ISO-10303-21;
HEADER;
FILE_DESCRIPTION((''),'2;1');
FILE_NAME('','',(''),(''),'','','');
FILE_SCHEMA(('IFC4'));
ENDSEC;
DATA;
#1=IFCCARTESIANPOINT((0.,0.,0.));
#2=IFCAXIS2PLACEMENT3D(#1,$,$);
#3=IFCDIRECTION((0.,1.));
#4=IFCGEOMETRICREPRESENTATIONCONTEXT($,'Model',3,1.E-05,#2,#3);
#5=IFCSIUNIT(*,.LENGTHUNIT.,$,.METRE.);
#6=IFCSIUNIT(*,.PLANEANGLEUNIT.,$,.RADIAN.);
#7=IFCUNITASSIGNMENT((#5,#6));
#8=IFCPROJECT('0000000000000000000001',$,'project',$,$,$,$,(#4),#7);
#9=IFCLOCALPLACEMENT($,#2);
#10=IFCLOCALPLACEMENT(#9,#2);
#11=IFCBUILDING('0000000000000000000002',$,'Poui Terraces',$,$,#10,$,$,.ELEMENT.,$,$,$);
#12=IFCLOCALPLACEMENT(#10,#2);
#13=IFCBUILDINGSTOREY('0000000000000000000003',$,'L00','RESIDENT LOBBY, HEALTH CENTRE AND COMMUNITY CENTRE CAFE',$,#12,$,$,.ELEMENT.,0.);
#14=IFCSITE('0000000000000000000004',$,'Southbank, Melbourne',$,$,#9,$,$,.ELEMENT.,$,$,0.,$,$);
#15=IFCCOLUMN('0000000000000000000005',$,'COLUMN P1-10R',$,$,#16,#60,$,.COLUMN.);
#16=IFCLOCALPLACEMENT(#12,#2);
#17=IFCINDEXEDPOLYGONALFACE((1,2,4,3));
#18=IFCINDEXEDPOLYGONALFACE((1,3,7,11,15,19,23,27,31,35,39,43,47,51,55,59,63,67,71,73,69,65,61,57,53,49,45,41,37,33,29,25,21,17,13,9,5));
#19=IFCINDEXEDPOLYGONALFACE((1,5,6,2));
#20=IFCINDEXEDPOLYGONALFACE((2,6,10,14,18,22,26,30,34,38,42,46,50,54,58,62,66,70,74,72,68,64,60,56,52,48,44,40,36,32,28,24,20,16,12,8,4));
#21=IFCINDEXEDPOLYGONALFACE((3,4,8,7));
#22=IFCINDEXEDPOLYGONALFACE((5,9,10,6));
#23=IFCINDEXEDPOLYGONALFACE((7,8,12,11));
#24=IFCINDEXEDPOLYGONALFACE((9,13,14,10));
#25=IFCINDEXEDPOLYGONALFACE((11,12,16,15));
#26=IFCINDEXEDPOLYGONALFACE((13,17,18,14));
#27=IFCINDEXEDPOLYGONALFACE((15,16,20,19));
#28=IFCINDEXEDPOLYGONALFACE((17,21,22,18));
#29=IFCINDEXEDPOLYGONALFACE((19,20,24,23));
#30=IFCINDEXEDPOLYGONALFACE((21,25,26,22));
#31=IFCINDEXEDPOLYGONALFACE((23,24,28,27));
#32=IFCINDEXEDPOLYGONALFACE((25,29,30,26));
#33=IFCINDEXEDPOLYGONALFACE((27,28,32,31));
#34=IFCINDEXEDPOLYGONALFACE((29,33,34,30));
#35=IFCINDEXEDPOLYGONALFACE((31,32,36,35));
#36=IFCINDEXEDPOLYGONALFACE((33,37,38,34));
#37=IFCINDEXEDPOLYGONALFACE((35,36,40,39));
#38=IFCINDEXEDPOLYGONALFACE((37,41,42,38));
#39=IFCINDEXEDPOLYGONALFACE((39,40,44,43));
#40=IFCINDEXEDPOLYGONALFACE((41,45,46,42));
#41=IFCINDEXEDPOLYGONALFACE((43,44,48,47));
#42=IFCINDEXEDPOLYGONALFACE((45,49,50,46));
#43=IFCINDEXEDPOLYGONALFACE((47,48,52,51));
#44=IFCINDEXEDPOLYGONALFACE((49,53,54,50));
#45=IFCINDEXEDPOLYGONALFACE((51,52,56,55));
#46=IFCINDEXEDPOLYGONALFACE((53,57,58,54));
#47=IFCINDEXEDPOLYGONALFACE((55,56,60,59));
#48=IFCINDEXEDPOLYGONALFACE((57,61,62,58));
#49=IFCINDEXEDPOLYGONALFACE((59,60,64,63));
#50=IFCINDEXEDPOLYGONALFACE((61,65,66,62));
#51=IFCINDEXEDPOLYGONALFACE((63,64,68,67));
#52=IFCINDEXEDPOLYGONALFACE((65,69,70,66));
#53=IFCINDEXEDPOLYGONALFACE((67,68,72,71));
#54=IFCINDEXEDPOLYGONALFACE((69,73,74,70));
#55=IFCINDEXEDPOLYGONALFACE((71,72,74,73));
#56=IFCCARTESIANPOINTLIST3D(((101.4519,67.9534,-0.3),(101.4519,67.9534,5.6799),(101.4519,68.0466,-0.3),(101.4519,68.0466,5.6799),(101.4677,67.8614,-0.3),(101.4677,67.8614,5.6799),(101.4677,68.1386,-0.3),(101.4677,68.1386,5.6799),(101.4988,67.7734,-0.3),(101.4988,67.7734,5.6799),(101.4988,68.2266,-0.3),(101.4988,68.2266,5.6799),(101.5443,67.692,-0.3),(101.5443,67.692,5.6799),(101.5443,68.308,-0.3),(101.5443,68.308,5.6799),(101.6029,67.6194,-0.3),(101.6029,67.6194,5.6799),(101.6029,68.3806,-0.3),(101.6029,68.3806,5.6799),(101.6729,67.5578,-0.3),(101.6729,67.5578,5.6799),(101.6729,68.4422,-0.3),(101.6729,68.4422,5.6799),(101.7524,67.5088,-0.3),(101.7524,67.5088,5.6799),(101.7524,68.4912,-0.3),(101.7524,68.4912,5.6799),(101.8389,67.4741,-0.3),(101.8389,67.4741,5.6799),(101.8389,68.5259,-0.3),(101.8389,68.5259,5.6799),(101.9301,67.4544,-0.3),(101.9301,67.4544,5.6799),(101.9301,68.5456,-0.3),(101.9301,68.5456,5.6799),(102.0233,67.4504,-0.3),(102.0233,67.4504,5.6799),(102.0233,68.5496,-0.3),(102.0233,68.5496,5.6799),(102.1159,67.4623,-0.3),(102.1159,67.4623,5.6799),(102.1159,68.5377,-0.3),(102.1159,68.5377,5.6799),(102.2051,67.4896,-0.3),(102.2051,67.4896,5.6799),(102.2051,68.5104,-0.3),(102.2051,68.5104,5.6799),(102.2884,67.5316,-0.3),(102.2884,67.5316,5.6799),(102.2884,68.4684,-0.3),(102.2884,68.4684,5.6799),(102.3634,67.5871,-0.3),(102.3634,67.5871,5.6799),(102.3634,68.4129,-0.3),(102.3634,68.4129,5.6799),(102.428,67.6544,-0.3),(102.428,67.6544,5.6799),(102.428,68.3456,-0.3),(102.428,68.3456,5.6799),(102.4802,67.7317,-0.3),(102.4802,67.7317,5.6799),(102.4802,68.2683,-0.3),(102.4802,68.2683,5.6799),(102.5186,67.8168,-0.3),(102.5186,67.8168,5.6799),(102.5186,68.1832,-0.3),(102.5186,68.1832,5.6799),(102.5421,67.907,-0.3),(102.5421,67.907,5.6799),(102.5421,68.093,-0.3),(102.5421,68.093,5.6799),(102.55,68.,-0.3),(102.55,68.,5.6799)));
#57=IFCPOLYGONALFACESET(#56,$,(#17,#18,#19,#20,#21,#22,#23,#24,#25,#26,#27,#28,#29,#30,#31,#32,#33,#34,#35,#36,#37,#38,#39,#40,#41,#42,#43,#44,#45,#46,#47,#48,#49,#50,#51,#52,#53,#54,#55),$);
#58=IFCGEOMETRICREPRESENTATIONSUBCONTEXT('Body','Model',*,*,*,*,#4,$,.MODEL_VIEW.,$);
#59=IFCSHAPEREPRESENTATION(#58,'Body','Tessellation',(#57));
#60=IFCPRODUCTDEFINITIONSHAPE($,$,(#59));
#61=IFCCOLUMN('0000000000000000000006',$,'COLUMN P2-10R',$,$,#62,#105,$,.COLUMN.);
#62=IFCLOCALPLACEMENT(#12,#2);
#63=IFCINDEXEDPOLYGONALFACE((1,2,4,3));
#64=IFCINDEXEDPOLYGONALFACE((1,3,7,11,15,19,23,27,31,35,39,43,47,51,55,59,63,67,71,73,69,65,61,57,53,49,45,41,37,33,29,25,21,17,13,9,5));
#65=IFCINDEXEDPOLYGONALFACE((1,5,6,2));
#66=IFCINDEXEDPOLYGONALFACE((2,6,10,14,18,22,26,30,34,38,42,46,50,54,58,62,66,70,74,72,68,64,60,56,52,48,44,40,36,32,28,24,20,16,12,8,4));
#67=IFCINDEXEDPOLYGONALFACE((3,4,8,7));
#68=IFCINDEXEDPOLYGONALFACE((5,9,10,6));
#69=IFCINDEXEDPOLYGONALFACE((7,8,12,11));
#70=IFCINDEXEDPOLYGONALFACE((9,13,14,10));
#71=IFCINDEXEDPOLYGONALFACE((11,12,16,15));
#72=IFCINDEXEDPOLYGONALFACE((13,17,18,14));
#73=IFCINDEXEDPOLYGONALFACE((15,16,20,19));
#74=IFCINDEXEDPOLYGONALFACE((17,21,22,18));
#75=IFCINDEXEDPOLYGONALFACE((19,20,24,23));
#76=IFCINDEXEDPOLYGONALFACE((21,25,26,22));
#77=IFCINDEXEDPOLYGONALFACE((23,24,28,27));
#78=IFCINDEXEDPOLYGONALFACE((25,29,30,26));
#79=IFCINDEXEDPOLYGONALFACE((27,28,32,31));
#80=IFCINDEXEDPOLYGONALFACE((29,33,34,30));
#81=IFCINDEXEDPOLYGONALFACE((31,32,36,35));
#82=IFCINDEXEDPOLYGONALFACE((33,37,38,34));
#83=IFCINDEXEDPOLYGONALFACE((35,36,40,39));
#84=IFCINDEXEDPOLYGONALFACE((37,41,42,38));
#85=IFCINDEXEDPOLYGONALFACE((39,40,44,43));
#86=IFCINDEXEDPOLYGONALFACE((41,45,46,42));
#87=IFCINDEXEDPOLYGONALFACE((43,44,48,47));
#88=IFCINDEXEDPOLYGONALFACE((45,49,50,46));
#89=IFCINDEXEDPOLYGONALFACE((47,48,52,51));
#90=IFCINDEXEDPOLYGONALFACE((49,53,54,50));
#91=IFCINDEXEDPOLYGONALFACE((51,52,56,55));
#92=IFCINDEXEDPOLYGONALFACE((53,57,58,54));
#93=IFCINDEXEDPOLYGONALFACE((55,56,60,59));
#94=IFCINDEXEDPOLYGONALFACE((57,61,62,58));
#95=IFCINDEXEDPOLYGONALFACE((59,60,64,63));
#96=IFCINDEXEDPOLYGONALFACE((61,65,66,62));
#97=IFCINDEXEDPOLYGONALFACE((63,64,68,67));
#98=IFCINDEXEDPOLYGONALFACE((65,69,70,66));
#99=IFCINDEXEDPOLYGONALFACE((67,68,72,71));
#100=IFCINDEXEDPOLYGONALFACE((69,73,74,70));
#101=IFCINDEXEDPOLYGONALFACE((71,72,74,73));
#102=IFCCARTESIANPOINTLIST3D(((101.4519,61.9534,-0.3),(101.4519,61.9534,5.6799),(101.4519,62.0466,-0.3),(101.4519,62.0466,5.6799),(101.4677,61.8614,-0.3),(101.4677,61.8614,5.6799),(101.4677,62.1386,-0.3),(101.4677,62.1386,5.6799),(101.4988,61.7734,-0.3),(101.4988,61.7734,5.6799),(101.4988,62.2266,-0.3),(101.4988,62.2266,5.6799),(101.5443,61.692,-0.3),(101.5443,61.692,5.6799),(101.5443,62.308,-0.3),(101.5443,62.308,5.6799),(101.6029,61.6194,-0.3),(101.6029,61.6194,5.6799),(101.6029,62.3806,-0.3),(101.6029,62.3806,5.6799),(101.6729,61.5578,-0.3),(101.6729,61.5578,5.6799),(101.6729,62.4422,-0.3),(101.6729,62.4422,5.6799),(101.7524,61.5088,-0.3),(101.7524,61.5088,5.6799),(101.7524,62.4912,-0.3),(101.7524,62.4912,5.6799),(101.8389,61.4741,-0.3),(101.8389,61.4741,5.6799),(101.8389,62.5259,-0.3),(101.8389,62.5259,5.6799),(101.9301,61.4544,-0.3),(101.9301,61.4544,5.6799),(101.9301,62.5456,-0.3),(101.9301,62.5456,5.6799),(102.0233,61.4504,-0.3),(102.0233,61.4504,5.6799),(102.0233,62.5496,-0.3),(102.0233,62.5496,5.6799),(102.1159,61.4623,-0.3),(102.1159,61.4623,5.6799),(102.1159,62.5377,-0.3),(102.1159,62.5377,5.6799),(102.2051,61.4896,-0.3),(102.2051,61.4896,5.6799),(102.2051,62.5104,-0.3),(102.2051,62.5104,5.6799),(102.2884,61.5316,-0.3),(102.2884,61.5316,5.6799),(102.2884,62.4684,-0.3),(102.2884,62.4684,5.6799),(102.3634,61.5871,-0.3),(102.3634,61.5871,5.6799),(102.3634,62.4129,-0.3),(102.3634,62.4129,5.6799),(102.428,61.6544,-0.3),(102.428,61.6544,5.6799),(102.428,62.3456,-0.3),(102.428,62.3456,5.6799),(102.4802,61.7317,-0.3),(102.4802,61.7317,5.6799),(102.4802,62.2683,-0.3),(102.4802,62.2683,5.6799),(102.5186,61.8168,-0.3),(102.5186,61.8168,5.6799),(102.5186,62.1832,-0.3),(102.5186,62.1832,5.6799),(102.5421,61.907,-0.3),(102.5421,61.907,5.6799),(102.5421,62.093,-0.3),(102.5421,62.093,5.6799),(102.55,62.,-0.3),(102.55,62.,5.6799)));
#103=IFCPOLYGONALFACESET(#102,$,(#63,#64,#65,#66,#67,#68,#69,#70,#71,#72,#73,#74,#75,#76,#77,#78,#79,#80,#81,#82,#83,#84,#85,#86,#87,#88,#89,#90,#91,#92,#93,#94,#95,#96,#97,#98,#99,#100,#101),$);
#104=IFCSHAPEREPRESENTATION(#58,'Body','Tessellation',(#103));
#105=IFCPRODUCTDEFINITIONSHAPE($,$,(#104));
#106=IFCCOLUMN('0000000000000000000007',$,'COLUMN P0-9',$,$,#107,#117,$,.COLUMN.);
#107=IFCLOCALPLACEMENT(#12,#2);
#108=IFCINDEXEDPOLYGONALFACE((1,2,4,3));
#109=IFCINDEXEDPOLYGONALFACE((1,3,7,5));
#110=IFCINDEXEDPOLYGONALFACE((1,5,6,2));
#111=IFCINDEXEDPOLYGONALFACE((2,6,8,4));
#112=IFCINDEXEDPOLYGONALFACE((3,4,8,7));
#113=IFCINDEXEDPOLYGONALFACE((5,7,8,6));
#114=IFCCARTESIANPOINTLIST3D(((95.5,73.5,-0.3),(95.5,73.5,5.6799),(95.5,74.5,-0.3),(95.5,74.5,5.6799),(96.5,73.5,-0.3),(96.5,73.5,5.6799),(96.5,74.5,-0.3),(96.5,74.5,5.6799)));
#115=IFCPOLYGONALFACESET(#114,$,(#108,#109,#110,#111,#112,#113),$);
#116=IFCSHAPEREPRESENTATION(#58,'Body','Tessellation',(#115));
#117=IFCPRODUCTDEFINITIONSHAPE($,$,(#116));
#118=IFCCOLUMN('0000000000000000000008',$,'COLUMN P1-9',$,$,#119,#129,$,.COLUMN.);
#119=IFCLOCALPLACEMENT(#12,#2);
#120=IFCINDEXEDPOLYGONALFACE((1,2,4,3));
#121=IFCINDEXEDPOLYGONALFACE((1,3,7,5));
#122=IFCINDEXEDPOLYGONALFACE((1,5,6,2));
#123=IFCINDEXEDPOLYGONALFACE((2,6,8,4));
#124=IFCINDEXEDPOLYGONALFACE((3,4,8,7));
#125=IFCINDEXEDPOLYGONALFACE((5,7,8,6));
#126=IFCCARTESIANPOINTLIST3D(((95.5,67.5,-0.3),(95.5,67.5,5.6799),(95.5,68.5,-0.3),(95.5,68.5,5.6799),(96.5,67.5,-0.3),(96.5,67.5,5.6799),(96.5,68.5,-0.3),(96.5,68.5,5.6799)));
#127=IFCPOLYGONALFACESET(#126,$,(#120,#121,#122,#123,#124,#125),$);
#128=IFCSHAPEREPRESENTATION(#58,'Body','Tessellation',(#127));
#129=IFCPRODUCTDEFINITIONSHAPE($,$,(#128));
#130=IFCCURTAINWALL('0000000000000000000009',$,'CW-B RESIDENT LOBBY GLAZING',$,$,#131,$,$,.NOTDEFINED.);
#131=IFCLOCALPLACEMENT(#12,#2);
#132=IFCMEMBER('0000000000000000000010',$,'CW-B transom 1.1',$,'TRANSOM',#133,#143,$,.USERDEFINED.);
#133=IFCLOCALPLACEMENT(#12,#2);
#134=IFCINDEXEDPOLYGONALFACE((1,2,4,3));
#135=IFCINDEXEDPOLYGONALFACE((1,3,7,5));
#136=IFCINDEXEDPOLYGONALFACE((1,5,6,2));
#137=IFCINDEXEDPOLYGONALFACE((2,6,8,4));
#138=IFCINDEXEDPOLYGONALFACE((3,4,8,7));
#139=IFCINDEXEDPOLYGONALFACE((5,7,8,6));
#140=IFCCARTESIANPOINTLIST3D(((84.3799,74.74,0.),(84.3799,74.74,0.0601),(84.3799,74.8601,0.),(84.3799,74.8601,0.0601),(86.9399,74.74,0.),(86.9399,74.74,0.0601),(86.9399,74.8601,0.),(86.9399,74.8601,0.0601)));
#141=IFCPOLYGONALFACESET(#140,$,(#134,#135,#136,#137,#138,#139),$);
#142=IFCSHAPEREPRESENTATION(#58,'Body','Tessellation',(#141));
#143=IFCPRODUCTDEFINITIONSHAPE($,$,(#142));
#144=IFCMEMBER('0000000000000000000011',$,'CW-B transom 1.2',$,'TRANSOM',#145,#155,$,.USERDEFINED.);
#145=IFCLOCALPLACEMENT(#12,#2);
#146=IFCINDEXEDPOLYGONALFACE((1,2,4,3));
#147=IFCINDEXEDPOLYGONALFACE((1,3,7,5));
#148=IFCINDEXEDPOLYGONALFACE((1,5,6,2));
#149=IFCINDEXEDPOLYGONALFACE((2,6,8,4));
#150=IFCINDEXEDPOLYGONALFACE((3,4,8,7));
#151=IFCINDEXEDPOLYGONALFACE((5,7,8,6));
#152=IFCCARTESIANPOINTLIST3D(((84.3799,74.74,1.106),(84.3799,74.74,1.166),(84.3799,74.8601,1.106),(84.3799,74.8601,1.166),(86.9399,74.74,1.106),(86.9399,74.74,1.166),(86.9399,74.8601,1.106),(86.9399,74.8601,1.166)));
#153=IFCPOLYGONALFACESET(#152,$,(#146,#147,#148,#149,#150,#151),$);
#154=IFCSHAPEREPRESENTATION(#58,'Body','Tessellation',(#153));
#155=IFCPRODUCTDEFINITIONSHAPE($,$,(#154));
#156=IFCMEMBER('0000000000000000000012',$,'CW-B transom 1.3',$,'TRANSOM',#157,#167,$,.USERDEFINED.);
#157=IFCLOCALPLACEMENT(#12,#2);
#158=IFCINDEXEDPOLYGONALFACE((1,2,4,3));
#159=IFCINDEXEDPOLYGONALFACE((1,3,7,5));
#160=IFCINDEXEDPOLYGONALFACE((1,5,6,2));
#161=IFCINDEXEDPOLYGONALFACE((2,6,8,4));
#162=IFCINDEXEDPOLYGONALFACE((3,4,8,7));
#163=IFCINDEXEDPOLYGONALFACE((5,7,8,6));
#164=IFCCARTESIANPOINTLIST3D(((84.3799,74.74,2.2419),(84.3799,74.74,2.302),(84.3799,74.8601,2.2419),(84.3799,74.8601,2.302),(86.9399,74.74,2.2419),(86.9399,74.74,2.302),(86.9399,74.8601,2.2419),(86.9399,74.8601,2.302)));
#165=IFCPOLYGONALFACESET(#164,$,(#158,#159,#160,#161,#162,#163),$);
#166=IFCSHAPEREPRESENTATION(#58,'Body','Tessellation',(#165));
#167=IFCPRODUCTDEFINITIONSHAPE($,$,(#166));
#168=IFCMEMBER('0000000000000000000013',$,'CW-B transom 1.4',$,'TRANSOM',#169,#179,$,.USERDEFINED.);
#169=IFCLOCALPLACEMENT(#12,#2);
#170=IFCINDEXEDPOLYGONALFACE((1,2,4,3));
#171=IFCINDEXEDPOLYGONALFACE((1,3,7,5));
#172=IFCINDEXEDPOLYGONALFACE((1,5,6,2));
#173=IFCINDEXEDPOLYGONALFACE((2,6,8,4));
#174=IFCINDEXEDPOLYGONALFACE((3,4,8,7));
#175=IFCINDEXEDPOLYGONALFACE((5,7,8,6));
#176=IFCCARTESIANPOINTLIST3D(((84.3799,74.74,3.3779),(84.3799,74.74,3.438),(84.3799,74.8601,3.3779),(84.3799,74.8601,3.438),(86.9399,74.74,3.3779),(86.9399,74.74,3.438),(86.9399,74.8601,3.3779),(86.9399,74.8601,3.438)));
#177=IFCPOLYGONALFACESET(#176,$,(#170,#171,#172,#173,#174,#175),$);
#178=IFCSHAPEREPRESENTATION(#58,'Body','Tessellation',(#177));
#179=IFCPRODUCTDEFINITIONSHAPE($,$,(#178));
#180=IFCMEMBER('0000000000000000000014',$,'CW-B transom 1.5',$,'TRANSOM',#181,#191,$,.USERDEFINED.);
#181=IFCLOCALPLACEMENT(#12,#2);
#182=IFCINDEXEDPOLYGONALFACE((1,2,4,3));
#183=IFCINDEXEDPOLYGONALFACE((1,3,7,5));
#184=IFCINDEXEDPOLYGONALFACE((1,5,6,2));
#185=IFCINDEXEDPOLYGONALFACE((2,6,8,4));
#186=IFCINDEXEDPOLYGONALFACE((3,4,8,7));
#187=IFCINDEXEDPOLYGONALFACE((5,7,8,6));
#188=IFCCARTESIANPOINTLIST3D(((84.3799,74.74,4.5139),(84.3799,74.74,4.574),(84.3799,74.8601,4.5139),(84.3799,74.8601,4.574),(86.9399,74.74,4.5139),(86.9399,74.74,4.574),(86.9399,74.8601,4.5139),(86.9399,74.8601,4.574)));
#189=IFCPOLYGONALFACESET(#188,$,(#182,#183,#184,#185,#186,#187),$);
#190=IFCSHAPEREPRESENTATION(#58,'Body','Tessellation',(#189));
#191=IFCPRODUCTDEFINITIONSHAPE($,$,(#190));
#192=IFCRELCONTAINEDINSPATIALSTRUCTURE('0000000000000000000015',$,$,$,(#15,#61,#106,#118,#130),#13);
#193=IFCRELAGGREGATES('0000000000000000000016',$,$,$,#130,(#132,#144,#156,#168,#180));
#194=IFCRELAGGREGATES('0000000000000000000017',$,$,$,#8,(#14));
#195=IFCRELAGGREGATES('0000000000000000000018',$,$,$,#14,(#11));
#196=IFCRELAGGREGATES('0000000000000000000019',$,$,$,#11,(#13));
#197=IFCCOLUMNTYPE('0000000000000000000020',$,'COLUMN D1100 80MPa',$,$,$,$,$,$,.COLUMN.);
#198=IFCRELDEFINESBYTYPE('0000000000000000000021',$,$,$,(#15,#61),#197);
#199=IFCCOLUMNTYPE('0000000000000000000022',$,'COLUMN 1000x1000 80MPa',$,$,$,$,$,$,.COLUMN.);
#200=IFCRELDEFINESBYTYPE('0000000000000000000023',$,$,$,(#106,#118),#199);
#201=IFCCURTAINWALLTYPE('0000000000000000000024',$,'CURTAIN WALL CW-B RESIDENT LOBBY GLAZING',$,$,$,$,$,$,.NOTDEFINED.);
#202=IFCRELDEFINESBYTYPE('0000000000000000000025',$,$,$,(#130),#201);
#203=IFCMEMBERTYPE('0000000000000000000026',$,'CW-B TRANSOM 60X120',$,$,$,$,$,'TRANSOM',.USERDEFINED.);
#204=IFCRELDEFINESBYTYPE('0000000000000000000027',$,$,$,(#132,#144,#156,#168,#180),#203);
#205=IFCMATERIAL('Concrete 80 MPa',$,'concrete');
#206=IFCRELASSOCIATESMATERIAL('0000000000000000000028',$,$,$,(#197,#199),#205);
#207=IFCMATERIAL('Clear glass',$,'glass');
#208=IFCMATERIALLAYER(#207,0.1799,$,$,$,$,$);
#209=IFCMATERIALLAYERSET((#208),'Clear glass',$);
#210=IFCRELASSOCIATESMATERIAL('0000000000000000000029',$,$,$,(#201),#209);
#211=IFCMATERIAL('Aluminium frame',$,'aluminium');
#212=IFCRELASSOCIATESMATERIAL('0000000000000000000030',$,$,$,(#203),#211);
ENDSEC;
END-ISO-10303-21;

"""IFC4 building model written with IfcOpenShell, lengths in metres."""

from ifc_helpers import new_model, si_unit, direction, frame, origin, origin_2d, place, context, subcontext, project, spatial, rectangle, circle, extrude, source, transform, mapped, material, layer, layer_set, material_profile, profile_set, type_object, element, aggregate, save


model = new_model("IFC4")

# Units and contexts
model_context = context("Model", 3, precision=1e-05, world=origin(), true_north=direction((0.0, 1.0)))
body_context = subcontext(model_context, "Body", "Model", "MODEL_VIEW")
ifc_project = project(units=[si_unit("LENGTHUNIT", "METRE"), si_unit("PLANEANGLEUNIT", "RADIAN")], contexts=[model_context])

# Site, building, storey
site_placement = place(None, origin())
site = spatial("IfcSite", under=ifc_project, at=site_placement, Name="Southbank, Melbourne", CompositionType="ELEMENT", RefElevation=0.0)
building_placement = place(site_placement, origin())
building = spatial("IfcBuilding", under=site, at=building_placement, Name="Poui Terraces", CompositionType="ELEMENT")
storey_placement = place(building_placement, origin())
storey = spatial("IfcBuildingStorey", under=building, at=storey_placement, Name="L00", Description="RESIDENT LOBBY, HEALTH CENTRE AND COMMUNITY CENTRE CAFE", CompositionType="ELEMENT", Elevation=0.0)

# Columns
ifc_material_1 = material(Name="Concrete 80 MPa", Category="concrete")
ifc_material_profile_1 = material_profile(ifc_material_1, circle(Radius=0.55, at=origin_2d()), Name="RC D1100")
ifc_profile_set_1 = profile_set([ifc_material_profile_1], Name="Concrete 80 MPa")
column_type_1 = type_object("IfcColumnType", Name="COLUMN D1100 80MPa", PredefinedType="COLUMN", material=ifc_profile_set_1)
shared_shape_1 = source(origin(), body_context, "Body", "SweptSolid", [
    extrude(circle(Radius=0.55, at=origin_2d()), origin(), (0.0, 0.0, 1.0), 5.98),
])
for number, where, z_axis, x_axis, name in (
    (1, (102.0, 68.0, -0.3), (0.0, 0.0, 1.0), (1.0, 0.0, 0.0), "COLUMN P1-10R"),
    (2, (102.0, 62.0, -0.3), (0.0, 0.0, 1.0), (1.0, 0.0, 0.0), "COLUMN P2-10R"),
):
    element("IfcColumn", number, at=place(storey_placement, frame(where, z_axis=z_axis, x_axis=x_axis)), inside=storey, type_object=column_type_1, Name=name, PredefinedType="COLUMN", context=body_context, shape_type="MappedRepresentation", body=[
        mapped(shared_shape_1, transform((0.0, 0.0, 0.0))),
    ])
ifc_material_profile_2 = material_profile(ifc_material_1, rectangle(XDim=1.0, YDim=1.0, at=origin_2d()), Name="RC 1000x1000")
ifc_profile_set_2 = profile_set([ifc_material_profile_2], Name="Concrete 80 MPa")
column_type_2 = type_object("IfcColumnType", Name="COLUMN 1000x1000 80MPa", PredefinedType="COLUMN", material=ifc_profile_set_2)
shared_shape_2 = source(origin(), body_context, "Body", "SweptSolid", [
    extrude(rectangle(XDim=1.0, YDim=1.0, at=origin_2d()), origin(), (0.0, 0.0, 1.0), 5.98),
])
for number, where, z_axis, x_axis, name in (
    (3, (96.0, 74.0, -0.3), (0.0, 0.0, 1.0), (1.0, 0.0, 0.0), "COLUMN P0-9"),
    (4, (96.0, 68.0, -0.3), (0.0, 0.0, 1.0), (1.0, 0.0, 0.0), "COLUMN P1-9"),
):
    element("IfcColumn", number, at=place(storey_placement, frame(where, z_axis=z_axis, x_axis=x_axis)), inside=storey, type_object=column_type_2, Name=name, PredefinedType="COLUMN", context=body_context, shape_type="MappedRepresentation", body=[
        mapped(shared_shape_2, transform((0.0, 0.0, 0.0))),
    ])

# Curtain wall, members
ifc_material_2 = material(Name="Clear glass", Category="glass")
ifc_layer_1 = layer(ifc_material_2, 0.1799)
ifc_layer_set_1 = layer_set([ifc_layer_1], Name="Clear glass")
curtain_wall_type = type_object("IfcCurtainWallType", Name="CURTAIN WALL CW-B RESIDENT LOBBY GLAZING", PredefinedType="NOTDEFINED", material=ifc_layer_set_1)
curtain_wall_placement = place(storey_placement, origin())
curtain_wall = element("IfcCurtainWall", 5, at=curtain_wall_placement, inside=storey, type_object=curtain_wall_type, Name="CW-B RESIDENT LOBBY GLAZING", PredefinedType="NOTDEFINED")
ifc_material_3 = material(Name="Aluminium frame", Category="aluminium")
ifc_material_profile_3 = material_profile(ifc_material_3, rectangle(XDim=0.1201, YDim=0.0601, at=origin_2d()), Name="CW-B TRANSOM 60X120")
ifc_profile_set_3 = profile_set([ifc_material_profile_3], Name="Aluminium frame")
member_type = type_object("IfcMemberType", Name="CW-B TRANSOM 60X120", ElementType="TRANSOM", PredefinedType="USERDEFINED", material=ifc_profile_set_3)
member_1_placement = place(storey_placement, frame((86.9399, 74.8, 0.03), z_axis=(-1.0, 0.0, 0.0), x_axis=(0.0, -1.0, 0.0)))
member_1 = element("IfcMember", 6, at=member_1_placement, type_object=member_type, Name="CW-B transom 1.1", ObjectType="TRANSOM", PredefinedType="USERDEFINED", context=body_context, shape_type="SweptSolid", body=[
    extrude(rectangle(XDim=0.1201, YDim=0.0601, at=origin_2d()), origin(), (0.0, 0.0, 1.0), 2.5601),
])
member_2_placement = place(storey_placement, frame((86.9399, 74.8, 1.136), z_axis=(-1.0, 0.0, 0.0), x_axis=(0.0, -1.0, 0.0)))
member_2 = element("IfcMember", 7, at=member_2_placement, type_object=member_type, Name="CW-B transom 1.2", ObjectType="TRANSOM", PredefinedType="USERDEFINED", context=body_context, shape_type="SweptSolid", body=[
    extrude(rectangle(XDim=0.1201, YDim=0.0601, at=origin_2d()), origin(), (0.0, 0.0, 1.0), 2.5601),
])
member_3_placement = place(storey_placement, frame((86.9399, 74.8, 2.272), z_axis=(-1.0, 0.0, 0.0), x_axis=(0.0, -1.0, 0.0)))
member_3 = element("IfcMember", 8, at=member_3_placement, type_object=member_type, Name="CW-B transom 1.3", ObjectType="TRANSOM", PredefinedType="USERDEFINED", context=body_context, shape_type="SweptSolid", body=[
    extrude(rectangle(XDim=0.1201, YDim=0.0601, at=origin_2d()), origin(), (0.0, 0.0, 1.0), 2.5601),
])
member_4_placement = place(storey_placement, frame((86.9399, 74.8, 3.408), z_axis=(-1.0, 0.0, 0.0), x_axis=(0.0, -1.0, 0.0)))
member_4 = element("IfcMember", 9, at=member_4_placement, type_object=member_type, Name="CW-B transom 1.4", ObjectType="TRANSOM", PredefinedType="USERDEFINED", context=body_context, shape_type="SweptSolid", body=[
    extrude(rectangle(XDim=0.1201, YDim=0.0601, at=origin_2d()), origin(), (0.0, 0.0, 1.0), 2.5601),
])
member_5_placement = place(storey_placement, frame((86.9399, 74.8, 4.5439), z_axis=(-1.0, 0.0, 0.0), x_axis=(0.0, -1.0, 0.0)))
member_5 = element("IfcMember", 10, at=member_5_placement, type_object=member_type, Name="CW-B transom 1.5", ObjectType="TRANSOM", PredefinedType="USERDEFINED", context=body_context, shape_type="SweptSolid", body=[
    extrude(rectangle(XDim=0.1201, YDim=0.0601, at=origin_2d()), origin(), (0.0, 0.0, 1.0), 2.5601),
])

aggregate(curtain_wall, [member_1, member_2, member_3, member_4, member_5])

save(model, "model.ifc")
